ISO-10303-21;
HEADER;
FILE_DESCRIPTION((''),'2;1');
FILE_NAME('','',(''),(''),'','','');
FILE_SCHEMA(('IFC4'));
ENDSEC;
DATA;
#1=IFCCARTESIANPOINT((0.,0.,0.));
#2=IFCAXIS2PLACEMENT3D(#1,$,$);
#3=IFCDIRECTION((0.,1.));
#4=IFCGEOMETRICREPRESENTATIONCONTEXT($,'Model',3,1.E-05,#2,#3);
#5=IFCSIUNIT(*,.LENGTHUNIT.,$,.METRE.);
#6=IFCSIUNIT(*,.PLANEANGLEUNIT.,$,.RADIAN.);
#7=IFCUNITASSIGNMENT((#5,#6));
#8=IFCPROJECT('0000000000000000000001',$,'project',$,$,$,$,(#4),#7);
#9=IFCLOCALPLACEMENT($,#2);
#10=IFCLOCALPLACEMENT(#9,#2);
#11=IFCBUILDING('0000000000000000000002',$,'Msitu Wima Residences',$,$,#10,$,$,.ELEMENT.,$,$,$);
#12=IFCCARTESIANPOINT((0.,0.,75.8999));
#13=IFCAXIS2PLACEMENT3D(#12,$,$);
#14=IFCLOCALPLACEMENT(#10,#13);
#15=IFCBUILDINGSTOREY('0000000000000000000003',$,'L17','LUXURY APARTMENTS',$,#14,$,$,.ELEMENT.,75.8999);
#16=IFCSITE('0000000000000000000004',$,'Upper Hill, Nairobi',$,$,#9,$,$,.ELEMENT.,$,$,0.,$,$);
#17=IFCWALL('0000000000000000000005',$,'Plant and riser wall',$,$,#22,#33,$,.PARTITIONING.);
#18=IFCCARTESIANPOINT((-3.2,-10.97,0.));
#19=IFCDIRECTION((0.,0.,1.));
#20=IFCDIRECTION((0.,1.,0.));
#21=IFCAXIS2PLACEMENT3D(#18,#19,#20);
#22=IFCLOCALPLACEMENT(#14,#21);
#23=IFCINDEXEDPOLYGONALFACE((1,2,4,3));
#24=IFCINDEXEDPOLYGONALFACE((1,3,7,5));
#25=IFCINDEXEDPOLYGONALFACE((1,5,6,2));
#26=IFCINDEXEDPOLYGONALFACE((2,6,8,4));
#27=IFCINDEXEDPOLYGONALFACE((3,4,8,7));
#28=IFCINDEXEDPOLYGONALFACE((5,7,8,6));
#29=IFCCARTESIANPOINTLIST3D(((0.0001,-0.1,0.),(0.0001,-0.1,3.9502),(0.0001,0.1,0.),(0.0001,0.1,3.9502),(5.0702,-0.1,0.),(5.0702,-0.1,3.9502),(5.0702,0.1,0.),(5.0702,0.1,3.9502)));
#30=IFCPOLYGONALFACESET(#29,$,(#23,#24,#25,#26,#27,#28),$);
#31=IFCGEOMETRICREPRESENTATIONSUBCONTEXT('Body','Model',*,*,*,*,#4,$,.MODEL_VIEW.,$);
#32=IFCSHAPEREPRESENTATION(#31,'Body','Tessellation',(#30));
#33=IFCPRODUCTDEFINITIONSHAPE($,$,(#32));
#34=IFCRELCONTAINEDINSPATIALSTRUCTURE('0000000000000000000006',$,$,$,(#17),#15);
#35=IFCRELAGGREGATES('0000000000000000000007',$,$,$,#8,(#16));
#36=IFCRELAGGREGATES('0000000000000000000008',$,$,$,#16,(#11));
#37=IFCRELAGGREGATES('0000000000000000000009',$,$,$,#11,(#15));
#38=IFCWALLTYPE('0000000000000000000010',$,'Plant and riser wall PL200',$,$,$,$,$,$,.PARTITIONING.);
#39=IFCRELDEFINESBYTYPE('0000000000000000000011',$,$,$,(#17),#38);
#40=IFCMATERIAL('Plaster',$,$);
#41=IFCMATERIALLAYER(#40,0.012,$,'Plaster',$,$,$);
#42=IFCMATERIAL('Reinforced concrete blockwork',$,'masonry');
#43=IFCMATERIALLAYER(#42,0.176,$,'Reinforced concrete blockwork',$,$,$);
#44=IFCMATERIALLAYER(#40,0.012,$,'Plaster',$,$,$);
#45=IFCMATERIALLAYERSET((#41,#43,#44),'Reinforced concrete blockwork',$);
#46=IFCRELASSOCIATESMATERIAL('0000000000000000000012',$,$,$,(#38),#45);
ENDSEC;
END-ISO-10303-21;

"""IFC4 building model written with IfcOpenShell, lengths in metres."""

from ifc_helpers import new_model, si_unit, direction, frame, frame_2d, origin, place, context, subcontext, project, spatial, rectangle, extrude, material, layer, layer_set, type_object, element, save


model = new_model("IFC4")

# Units and contexts
model_context = context("Model", 3, precision=1e-05, world=origin(), true_north=direction((0.0, 1.0)))
body_context = subcontext(model_context, "Body", "Model", "MODEL_VIEW")
ifc_project = project(units=[si_unit("LENGTHUNIT", "METRE"), si_unit("PLANEANGLEUNIT", "RADIAN")], contexts=[model_context])

# Site, building, storey
site_placement = place(None, origin())
site = spatial("IfcSite", under=ifc_project, at=site_placement, Name="Upper Hill, Nairobi", CompositionType="ELEMENT", RefElevation=0.0)
building_placement = place(site_placement, origin())
building = spatial("IfcBuilding", under=site, at=building_placement, Name="Msitu Wima Residences", CompositionType="ELEMENT")
storey_placement = place(building_placement, frame((0.0, 0.0, 75.8999)))
storey = spatial("IfcBuildingStorey", under=building, at=storey_placement, Name="L17", Description="LUXURY APARTMENTS", CompositionType="ELEMENT", Elevation=75.8999)

# Shared definitions
ifc_material_1 = material(Name="Plaster")

# Shared definitions
ifc_layer_1 = layer(ifc_material_1, 0.012, Name="Plaster")
ifc_material_2 = material(Name="Reinforced concrete blockwork", Category="masonry")
ifc_layer_2 = layer(ifc_material_2, 0.176, Name="Reinforced concrete blockwork")
ifc_layer_3 = layer(ifc_material_1, 0.012, Name="Plaster")
ifc_layer_set_1 = layer_set([ifc_layer_1, ifc_layer_2, ifc_layer_3], Name="Reinforced concrete blockwork")
wall_type_1 = type_object("IfcWallType", Name="Plant and riser wall PL200", PredefinedType="PARTITIONING", material=ifc_layer_set_1)

# Wall
wall_1_placement = place(storey_placement, frame((-3.2, -10.97, 0.0), z_axis=(0.0, 0.0, 1.0), x_axis=(0.0, 1.0, 0.0)))
element("IfcWall", 1, at=wall_1_placement, inside=storey, type_object=wall_type_1, Name="Plant and riser wall", PredefinedType="PARTITIONING", context=body_context, shape_type="SweptSolid", body=[
    extrude(rectangle(XDim=5.0701, YDim=0.2, at=frame_2d((2.5352, 0.0))), origin(), (0.0, 0.0, 1.0), 3.9502),
])

save(model, "model.ifc")
